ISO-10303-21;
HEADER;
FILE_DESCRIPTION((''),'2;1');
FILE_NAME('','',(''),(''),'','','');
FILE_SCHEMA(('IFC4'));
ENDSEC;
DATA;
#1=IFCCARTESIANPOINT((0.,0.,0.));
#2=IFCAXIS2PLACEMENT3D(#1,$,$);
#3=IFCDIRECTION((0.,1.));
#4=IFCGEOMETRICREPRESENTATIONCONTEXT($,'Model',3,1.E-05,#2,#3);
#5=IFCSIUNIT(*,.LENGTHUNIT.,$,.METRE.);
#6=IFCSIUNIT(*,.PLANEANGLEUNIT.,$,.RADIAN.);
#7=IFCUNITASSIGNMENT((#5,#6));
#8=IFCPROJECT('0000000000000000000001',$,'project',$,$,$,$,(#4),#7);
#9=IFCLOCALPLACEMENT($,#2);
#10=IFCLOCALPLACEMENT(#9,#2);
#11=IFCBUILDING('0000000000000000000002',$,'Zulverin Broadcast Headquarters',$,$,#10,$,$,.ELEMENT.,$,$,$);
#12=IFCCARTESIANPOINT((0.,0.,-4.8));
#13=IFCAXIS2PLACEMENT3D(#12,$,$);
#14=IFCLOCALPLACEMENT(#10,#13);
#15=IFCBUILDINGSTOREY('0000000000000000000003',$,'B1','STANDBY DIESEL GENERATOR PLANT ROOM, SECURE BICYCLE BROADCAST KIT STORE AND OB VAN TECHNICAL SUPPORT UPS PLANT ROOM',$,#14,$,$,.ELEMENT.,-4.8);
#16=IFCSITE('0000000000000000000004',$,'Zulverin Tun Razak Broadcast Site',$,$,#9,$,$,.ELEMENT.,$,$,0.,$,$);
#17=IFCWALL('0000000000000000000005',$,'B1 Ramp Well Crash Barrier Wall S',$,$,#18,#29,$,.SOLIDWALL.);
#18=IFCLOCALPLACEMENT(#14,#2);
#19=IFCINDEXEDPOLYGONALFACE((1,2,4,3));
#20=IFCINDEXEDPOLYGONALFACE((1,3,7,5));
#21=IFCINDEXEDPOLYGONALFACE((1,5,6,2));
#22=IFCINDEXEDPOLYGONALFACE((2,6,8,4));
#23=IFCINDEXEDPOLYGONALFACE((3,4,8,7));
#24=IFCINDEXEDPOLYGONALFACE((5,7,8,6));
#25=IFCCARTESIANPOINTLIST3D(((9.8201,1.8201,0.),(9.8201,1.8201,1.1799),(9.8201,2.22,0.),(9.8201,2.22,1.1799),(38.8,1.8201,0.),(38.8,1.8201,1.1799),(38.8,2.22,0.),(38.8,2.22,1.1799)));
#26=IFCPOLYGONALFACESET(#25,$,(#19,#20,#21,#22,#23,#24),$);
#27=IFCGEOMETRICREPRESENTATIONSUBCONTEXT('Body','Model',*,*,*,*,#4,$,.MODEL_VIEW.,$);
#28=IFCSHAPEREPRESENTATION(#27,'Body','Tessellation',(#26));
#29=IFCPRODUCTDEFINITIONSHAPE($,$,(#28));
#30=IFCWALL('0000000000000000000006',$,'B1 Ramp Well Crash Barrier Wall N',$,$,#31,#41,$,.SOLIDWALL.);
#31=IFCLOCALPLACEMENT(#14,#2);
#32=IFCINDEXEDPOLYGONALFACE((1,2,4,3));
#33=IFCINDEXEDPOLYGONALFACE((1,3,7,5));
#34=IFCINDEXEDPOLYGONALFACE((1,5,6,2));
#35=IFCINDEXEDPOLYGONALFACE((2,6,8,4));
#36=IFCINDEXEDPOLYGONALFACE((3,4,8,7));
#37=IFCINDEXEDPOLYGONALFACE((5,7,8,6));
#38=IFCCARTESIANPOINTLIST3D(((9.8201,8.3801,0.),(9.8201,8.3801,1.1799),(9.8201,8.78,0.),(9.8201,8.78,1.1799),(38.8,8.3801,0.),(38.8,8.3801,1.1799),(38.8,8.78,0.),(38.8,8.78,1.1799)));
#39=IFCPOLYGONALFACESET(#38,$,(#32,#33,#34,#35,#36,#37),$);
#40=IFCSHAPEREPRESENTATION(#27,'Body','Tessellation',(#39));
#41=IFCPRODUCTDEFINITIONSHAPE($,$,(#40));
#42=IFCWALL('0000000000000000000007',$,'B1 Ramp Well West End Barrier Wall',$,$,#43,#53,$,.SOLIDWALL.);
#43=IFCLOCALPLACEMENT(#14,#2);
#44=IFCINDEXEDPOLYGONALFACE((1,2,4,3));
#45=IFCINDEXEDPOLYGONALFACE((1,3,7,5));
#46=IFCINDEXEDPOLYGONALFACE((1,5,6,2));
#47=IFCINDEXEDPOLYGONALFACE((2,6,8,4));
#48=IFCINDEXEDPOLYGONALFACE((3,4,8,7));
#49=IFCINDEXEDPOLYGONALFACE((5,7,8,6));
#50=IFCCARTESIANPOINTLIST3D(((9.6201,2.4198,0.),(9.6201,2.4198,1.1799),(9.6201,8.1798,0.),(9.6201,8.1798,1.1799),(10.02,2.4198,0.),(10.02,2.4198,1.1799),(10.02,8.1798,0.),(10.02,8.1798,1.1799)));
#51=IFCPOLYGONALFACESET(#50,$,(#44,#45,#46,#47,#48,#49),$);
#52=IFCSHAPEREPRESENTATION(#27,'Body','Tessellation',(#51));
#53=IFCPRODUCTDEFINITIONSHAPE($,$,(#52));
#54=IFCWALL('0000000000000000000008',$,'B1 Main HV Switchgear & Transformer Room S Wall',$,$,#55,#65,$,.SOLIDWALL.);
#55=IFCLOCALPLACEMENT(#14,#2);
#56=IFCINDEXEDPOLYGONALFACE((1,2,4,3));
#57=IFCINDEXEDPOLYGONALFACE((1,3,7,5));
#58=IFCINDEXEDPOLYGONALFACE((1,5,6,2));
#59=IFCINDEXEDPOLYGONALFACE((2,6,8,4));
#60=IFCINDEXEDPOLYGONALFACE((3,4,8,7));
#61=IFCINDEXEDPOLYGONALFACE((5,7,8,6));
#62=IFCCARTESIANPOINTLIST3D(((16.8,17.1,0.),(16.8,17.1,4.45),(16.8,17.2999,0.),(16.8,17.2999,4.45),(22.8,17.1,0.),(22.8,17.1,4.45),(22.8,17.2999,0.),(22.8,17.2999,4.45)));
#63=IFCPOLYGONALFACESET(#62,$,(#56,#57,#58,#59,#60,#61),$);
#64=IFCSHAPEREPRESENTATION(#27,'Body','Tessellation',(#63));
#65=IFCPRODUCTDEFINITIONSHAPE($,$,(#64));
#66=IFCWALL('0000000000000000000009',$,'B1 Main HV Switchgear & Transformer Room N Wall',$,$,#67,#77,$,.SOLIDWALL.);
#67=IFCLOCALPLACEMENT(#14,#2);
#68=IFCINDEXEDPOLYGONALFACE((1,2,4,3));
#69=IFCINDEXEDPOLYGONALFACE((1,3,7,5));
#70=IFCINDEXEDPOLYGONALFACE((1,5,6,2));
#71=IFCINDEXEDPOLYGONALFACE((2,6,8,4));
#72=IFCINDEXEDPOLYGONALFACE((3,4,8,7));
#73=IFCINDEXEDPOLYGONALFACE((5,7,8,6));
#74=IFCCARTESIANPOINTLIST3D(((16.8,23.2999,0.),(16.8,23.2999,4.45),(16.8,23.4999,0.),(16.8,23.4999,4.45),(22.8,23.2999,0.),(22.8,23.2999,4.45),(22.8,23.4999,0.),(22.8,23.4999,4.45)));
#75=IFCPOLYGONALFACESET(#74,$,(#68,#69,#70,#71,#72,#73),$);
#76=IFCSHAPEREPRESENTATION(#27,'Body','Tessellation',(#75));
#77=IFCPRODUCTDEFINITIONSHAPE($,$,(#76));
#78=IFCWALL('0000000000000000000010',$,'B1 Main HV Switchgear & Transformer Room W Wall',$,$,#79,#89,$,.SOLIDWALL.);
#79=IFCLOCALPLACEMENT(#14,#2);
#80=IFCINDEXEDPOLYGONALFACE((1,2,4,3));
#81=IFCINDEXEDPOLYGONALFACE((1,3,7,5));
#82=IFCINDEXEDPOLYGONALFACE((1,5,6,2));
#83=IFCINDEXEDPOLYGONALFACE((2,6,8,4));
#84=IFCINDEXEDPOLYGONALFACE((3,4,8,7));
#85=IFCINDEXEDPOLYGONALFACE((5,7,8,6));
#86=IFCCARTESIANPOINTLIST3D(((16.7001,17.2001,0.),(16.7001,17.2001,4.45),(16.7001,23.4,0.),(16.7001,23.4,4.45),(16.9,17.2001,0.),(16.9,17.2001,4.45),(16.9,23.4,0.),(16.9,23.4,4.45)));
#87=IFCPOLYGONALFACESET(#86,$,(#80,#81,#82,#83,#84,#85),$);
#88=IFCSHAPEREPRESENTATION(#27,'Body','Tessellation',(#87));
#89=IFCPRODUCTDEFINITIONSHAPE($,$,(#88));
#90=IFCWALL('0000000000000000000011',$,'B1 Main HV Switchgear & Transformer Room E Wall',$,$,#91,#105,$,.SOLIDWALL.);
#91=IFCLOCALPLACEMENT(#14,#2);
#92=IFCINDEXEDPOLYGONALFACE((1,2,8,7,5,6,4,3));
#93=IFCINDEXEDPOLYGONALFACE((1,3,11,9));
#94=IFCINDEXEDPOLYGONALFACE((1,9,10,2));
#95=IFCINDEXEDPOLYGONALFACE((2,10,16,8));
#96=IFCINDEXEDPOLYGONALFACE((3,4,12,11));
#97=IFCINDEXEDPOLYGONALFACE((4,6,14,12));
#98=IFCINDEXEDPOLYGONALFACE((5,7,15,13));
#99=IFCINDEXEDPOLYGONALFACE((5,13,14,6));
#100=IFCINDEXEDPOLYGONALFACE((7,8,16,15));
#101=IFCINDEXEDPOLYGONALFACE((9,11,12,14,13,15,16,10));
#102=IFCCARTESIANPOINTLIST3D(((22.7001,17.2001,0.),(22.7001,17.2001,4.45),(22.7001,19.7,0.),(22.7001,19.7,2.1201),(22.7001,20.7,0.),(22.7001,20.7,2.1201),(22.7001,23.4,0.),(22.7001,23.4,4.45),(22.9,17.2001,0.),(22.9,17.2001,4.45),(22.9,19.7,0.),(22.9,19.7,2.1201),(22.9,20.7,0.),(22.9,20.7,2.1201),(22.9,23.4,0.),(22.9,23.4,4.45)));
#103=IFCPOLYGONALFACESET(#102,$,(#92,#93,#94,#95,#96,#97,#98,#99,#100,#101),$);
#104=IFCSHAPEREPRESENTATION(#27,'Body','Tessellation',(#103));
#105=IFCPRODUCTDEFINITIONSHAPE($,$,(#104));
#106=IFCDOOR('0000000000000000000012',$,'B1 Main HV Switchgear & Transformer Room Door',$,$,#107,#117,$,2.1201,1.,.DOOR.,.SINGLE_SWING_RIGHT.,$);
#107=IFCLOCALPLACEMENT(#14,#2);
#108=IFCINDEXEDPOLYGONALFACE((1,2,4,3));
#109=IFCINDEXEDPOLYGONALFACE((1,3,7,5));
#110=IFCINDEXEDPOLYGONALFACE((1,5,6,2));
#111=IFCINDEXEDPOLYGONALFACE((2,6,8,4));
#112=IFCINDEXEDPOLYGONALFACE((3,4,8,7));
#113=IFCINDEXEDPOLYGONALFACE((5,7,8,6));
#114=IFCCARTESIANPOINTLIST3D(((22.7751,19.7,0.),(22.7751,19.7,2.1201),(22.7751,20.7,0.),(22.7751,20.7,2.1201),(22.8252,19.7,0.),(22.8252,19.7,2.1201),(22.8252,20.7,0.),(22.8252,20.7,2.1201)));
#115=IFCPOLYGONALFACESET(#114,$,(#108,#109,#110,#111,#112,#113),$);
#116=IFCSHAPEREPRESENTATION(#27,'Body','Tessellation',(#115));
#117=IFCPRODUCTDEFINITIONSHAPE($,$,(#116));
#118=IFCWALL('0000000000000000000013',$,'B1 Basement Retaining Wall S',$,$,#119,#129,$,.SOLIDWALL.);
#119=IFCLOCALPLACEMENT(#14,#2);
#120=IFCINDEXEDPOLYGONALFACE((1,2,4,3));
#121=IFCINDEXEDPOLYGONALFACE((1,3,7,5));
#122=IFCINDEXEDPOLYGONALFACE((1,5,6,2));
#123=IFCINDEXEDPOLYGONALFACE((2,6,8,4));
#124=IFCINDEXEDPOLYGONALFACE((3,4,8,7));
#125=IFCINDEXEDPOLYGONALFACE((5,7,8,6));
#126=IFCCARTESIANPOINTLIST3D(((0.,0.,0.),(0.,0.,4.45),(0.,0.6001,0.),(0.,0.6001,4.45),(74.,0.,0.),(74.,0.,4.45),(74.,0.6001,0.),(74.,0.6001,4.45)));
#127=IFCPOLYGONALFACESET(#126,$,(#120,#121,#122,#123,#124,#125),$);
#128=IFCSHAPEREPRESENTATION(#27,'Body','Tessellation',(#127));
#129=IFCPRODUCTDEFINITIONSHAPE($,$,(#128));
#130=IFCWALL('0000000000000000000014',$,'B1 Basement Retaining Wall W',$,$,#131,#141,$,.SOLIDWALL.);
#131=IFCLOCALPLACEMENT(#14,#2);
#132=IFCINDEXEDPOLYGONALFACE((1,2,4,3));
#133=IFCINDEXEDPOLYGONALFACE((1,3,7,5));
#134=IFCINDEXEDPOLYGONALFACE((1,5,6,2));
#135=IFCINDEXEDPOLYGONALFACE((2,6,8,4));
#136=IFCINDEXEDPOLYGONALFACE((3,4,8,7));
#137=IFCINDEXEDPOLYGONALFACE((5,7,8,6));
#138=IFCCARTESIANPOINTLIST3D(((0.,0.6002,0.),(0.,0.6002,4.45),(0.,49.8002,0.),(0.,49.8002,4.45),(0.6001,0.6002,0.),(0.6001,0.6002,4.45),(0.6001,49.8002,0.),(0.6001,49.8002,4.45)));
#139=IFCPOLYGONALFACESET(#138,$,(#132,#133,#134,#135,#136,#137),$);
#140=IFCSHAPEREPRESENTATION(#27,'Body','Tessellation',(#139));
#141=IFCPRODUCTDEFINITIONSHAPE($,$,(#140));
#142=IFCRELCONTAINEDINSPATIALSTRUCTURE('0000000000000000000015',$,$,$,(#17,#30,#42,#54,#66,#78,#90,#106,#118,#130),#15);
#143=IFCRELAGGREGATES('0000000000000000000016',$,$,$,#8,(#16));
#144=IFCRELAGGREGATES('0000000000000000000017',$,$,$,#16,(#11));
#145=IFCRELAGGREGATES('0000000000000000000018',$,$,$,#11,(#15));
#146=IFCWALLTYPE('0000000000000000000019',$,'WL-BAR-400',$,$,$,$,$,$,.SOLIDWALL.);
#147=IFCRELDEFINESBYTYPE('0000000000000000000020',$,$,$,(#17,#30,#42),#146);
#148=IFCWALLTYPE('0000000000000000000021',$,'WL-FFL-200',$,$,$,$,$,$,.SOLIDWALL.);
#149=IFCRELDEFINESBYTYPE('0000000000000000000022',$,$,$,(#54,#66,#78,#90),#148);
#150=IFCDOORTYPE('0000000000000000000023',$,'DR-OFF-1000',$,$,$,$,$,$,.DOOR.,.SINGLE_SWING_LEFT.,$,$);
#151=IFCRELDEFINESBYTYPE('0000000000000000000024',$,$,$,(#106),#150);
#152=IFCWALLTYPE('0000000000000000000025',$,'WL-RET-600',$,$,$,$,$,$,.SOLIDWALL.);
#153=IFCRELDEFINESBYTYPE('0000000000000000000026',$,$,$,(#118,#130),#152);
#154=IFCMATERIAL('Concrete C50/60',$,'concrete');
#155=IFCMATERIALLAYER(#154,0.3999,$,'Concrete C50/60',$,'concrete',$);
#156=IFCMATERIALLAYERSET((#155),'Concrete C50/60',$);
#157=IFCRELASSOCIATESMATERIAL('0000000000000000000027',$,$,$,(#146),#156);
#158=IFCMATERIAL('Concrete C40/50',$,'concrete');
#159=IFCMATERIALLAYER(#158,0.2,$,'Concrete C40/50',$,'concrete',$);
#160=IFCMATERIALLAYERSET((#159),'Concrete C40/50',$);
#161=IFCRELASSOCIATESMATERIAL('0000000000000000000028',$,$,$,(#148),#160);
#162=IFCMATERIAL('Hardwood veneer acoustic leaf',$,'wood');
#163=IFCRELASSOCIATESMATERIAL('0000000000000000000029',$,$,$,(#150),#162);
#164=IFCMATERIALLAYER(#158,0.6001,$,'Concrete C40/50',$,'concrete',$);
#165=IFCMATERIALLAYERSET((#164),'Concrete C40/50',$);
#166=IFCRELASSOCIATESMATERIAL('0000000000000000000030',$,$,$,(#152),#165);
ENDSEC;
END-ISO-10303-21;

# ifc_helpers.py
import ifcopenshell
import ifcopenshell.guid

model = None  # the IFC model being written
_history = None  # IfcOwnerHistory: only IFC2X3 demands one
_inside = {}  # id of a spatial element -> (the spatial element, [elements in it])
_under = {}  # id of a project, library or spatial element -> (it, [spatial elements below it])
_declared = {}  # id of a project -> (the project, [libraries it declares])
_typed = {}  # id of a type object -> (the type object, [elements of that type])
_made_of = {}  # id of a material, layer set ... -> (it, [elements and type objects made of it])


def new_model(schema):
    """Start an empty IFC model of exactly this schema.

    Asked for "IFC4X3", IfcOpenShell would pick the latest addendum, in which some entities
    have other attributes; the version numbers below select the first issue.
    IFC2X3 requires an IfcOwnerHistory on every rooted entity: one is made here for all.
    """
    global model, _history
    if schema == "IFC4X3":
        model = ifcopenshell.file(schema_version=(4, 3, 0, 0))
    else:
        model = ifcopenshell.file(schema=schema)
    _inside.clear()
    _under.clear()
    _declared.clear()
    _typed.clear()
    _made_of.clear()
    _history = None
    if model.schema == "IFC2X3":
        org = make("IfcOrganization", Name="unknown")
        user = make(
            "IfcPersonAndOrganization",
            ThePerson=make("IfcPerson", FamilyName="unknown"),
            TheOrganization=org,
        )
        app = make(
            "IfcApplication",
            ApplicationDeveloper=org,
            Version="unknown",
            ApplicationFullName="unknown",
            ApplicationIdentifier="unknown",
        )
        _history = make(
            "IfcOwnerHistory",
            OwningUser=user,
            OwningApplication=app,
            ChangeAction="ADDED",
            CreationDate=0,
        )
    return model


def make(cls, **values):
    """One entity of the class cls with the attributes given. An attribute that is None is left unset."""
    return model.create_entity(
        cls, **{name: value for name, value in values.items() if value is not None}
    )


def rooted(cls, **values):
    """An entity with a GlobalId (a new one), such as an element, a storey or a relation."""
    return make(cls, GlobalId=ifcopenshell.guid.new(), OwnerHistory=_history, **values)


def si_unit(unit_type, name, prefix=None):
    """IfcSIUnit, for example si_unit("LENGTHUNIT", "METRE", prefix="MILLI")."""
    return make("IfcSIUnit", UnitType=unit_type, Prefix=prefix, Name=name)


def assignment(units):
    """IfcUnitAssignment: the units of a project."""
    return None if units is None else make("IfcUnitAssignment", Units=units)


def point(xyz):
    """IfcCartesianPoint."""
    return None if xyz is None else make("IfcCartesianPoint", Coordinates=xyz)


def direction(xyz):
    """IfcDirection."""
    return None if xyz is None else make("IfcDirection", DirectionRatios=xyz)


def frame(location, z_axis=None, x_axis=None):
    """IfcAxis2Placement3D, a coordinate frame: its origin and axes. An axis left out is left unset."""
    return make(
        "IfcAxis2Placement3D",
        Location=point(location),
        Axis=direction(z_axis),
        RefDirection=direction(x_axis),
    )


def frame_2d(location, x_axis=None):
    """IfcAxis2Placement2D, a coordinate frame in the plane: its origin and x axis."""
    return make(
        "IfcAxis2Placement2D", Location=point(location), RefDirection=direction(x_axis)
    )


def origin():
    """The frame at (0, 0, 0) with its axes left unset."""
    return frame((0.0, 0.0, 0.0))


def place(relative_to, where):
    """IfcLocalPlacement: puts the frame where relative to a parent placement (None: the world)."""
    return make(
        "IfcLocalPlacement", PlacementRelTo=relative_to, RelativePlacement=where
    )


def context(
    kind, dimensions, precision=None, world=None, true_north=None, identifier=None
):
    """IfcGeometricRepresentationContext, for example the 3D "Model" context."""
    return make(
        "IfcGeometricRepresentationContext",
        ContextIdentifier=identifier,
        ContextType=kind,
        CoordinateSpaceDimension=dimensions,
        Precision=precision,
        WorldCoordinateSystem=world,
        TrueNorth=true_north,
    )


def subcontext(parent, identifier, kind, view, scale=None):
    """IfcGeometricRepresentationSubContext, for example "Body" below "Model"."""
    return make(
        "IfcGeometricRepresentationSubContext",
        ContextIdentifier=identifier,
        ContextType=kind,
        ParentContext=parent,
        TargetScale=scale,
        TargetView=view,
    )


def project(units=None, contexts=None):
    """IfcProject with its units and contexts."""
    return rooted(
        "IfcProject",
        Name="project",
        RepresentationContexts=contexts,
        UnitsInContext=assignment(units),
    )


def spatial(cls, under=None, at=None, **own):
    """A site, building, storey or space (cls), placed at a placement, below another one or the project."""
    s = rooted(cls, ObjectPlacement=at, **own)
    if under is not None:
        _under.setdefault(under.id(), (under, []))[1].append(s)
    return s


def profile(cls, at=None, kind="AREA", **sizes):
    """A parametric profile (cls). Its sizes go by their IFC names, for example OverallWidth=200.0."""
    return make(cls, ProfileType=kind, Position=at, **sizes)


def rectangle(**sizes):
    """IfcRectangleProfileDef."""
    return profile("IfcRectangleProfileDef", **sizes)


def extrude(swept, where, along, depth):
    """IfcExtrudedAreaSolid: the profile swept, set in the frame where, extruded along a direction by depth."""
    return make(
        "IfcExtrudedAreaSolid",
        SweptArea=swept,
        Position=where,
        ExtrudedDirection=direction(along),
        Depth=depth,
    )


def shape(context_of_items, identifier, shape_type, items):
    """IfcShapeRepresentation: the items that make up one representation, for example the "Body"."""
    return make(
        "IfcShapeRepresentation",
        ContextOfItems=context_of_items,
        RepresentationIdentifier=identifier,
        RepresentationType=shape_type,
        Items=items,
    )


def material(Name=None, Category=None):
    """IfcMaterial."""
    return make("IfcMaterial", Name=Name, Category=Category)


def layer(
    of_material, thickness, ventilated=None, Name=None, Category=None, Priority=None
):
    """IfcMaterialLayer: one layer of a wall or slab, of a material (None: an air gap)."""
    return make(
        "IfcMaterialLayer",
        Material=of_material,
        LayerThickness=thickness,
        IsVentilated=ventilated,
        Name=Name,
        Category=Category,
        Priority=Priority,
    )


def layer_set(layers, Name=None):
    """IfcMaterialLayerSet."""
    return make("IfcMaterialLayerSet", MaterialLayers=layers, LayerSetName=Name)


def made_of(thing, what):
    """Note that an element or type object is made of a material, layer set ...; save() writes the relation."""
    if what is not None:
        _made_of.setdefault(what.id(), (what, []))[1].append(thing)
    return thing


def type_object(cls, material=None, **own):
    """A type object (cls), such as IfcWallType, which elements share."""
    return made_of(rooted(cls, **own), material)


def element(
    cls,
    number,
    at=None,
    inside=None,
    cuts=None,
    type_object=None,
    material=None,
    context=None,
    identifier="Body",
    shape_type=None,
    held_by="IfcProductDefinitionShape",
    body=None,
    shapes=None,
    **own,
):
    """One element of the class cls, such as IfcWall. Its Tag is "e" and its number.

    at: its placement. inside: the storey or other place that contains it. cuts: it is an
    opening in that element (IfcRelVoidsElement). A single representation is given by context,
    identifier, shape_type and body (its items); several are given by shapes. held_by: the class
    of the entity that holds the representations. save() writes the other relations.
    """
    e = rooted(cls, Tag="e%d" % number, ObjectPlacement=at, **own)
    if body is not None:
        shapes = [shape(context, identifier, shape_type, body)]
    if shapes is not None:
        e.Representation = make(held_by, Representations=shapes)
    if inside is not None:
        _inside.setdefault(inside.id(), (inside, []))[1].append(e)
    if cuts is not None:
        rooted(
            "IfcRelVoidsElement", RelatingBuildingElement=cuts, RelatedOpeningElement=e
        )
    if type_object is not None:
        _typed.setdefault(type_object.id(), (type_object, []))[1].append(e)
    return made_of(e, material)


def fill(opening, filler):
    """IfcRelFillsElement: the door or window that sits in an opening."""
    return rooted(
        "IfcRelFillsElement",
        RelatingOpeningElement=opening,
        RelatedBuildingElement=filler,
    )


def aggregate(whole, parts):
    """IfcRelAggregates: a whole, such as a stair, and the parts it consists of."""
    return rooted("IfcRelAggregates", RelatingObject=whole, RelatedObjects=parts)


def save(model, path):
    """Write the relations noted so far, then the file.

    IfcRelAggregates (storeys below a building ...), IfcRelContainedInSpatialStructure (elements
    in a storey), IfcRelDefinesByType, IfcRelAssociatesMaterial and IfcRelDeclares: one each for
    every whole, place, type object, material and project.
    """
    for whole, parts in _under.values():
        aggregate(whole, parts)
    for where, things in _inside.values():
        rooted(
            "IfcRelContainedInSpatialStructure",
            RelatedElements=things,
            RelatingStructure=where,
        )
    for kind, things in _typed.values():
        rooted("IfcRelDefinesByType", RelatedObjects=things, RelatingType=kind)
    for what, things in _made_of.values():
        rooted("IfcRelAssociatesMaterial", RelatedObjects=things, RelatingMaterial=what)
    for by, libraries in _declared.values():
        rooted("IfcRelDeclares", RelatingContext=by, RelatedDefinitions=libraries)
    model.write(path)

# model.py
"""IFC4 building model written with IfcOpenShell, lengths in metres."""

from ifc_helpers import new_model, si_unit, direction, frame, frame_2d, origin, place, context, subcontext, project, spatial, rectangle, extrude, material, layer, layer_set, type_object, element, fill, save


model = new_model("IFC4")

# Units and contexts
model_context = context("Model", 3, precision=1e-05, world=origin(), true_north=direction((0.0, 1.0)))
body_context = subcontext(model_context, "Body", "Model", "MODEL_VIEW")
ifc_project = project(units=[si_unit("LENGTHUNIT", "METRE"), si_unit("PLANEANGLEUNIT", "RADIAN")], contexts=[model_context])

# Site, building, storey
site_placement = place(None, origin())
site = spatial("IfcSite", under=ifc_project, at=site_placement, Name="Zulverin Tun Razak Broadcast Site", CompositionType="ELEMENT", RefElevation=0.0)
building_placement = place(site_placement, origin())
building = spatial("IfcBuilding", under=site, at=building_placement, Name="Zulverin Broadcast Headquarters", CompositionType="ELEMENT")
storey_placement = place(building_placement, frame((0.0, 0.0, -4.8)))
storey = spatial("IfcBuildingStorey", under=building, at=storey_placement, Name="B1", Description="STANDBY DIESEL GENERATOR PLANT ROOM, SECURE BICYCLE BROADCAST KIT STORE AND OB VAN TECHNICAL SUPPORT UPS PLANT ROOM", CompositionType="ELEMENT", Elevation=-4.8)

# Shared definitions
ifc_material_1 = material(Name="Concrete C50/60", Category="concrete")
ifc_material_2 = material(Name="Concrete C40/50", Category="concrete")

# Walls
ifc_layer_1 = layer(ifc_material_1, 0.3999, Name="Concrete C50/60", Category="concrete")
ifc_layer_set_1 = layer_set([ifc_layer_1], Name="Concrete C50/60")
wall_type_1 = type_object("IfcWallType", Name="WL-BAR-400", PredefinedType="SOLIDWALL", material=ifc_layer_set_1)
for number, where, z_axis, x_axis, name in (
    (1, (9.8201, 2.02, 0.0), (0.0, 0.0, 1.0), (1.0, 0.0, 0.0), "B1 Ramp Well Crash Barrier Wall S"),
    (2, (9.8201, 8.5801, 0.0), (0.0, 0.0, 1.0), (1.0, 0.0, 0.0), "B1 Ramp Well Crash Barrier Wall N"),
):
    element("IfcWall", number, at=place(storey_placement, frame(where, z_axis=z_axis, x_axis=x_axis)), inside=storey, type_object=wall_type_1, Name=name, PredefinedType="SOLIDWALL", context=body_context, shape_type="SweptSolid", body=[
        extrude(rectangle(XDim=28.98, YDim=0.3999, at=frame_2d((14.49, 0.0))), origin(), (0.0, 0.0, 1.0), 1.1799),
    ])
wall_1_placement = place(storey_placement, frame((9.8201, 2.4199, 0.0), z_axis=(0.0, 0.0, 1.0), x_axis=(0.0, 1.0, 0.0)))
element("IfcWall", 3, at=wall_1_placement, inside=storey, type_object=wall_type_1, Name="B1 Ramp Well West End Barrier Wall", PredefinedType="SOLIDWALL", context=body_context, shape_type="SweptSolid", body=[
    extrude(rectangle(XDim=5.76, YDim=0.3999, at=frame_2d((2.8799, 0.0))), origin(), (0.0, 0.0, 1.0), 1.1799),
])
ifc_layer_2 = layer(ifc_material_2, 0.2, Name="Concrete C40/50", Category="concrete")
ifc_layer_set_2 = layer_set([ifc_layer_2], Name="Concrete C40/50")
wall_type_2 = type_object("IfcWallType", Name="WL-FFL-200", PredefinedType="SOLIDWALL", material=ifc_layer_set_2)
for number, where, z_axis, x_axis, name in (
    (4, (16.8, 17.2, 0.0), (0.0, 0.0, 1.0), (1.0, 0.0, 0.0), "B1 Main HV Switchgear & Transformer Room S Wall"),
    (5, (16.8, 23.3999, 0.0), (0.0, 0.0, 1.0), (1.0, 0.0, 0.0), "B1 Main HV Switchgear & Transformer Room N Wall"),
):
    element("IfcWall", number, at=place(storey_placement, frame(where, z_axis=z_axis, x_axis=x_axis)), inside=storey, type_object=wall_type_2, Name=name, PredefinedType="SOLIDWALL", context=body_context, shape_type="SweptSolid", body=[
        extrude(rectangle(XDim=6.0, YDim=0.2, at=frame_2d((3.0, 0.0))), origin(), (0.0, 0.0, 1.0), 4.45),
    ])
wall_2_placement = place(storey_placement, frame((16.8, 17.2, 0.0), z_axis=(0.0, 0.0, 1.0), x_axis=(0.0, 1.0, 0.0)))
element("IfcWall", 6, at=wall_2_placement, inside=storey, type_object=wall_type_2, Name="B1 Main HV Switchgear & Transformer Room W Wall", PredefinedType="SOLIDWALL", context=body_context, shape_type="SweptSolid", body=[
    extrude(rectangle(XDim=6.2, YDim=0.2, at=frame_2d((3.1001, 0.0))), origin(), (0.0, 0.0, 1.0), 4.45),
])

# Wall, opening, door
wall_3_placement = place(storey_placement, frame((22.8, 17.2, 0.0), z_axis=(0.0, 0.0, 1.0), x_axis=(0.0, 1.0, 0.0)))
wall_3 = element("IfcWall", 7, at=wall_3_placement, inside=storey, type_object=wall_type_2, Name="B1 Main HV Switchgear & Transformer Room E Wall", PredefinedType="SOLIDWALL", context=body_context, shape_type="SweptSolid", body=[
    extrude(rectangle(XDim=6.2, YDim=0.2, at=frame_2d((3.1001, 0.0))), origin(), (0.0, 0.0, 1.0), 4.45),
])
opening_placement = place(wall_3_placement, frame((2.5, 0.0, 0.0)))
opening = element("IfcOpeningElement", 8, at=opening_placement, cuts=wall_3, PredefinedType="OPENING", context=body_context, shape_type="SweptSolid", body=[
    extrude(rectangle(XDim=1.0, YDim=2.1201, at=frame_2d((0.5, 1.0601))), frame((0.0, 0.1099, 0.0), z_axis=(0.0, -1.0, 0.0), x_axis=(1.0, 0.0, 0.0)), (0.0, 0.0, 1.0), 0.22),
])
ifc_material_3 = material(Name="Hardwood veneer acoustic leaf", Category="wood")
door_type = type_object("IfcDoorType", Name="DR-OFF-1000", OperationType="SINGLE_SWING_LEFT", PredefinedType="DOOR", material=ifc_material_3)
door_placement = place(opening_placement, origin())
door = element("IfcDoor", 9, at=door_placement, inside=storey, type_object=door_type, Name="B1 Main HV Switchgear & Transformer Room Door", OperationType="SINGLE_SWING_RIGHT", OverallHeight=2.1201, OverallWidth=1.0, PredefinedType="DOOR", context=body_context, shape_type="SweptSolid", body=[
    extrude(rectangle(XDim=1.0, YDim=2.1201, at=frame_2d((0.5, 1.0601))), frame((0.0, 0.0249, 0.0), z_axis=(0.0, -1.0, 0.0), x_axis=(1.0, 0.0, 0.0)), (0.0, 0.0, 1.0), 0.05),
])
fill(opening, door)

# Walls
ifc_layer_3 = layer(ifc_material_2, 0.6001, Name="Concrete C40/50", Category="concrete")
ifc_layer_set_3 = layer_set([ifc_layer_3], Name="Concrete C40/50")
wall_type_3 = type_object("IfcWallType", Name="WL-RET-600", PredefinedType="SOLIDWALL", material=ifc_layer_set_3)
wall_4_placement = place(storey_placement, frame((0.0, 0.3, 0.0), z_axis=(0.0, 0.0, 1.0), x_axis=(1.0, 0.0, 0.0)))
element("IfcWall", 10, at=wall_4_placement, inside=storey, type_object=wall_type_3, Name="B1 Basement Retaining Wall S", PredefinedType="SOLIDWALL", context=body_context, shape_type="SweptSolid", body=[
    extrude(rectangle(XDim=74.0, YDim=0.6001, at=frame_2d((37.0, 0.0))), origin(), (0.0, 0.0, 1.0), 4.45),
])
wall_5_placement = place(storey_placement, frame((0.3, 0.6001, 0.0), z_axis=(0.0, 0.0, 1.0), x_axis=(0.0, 1.0, 0.0)))
element("IfcWall", 11, at=wall_5_placement, inside=storey, type_object=wall_type_3, Name="B1 Basement Retaining Wall W", PredefinedType="SOLIDWALL", context=body_context, shape_type="SweptSolid", body=[
    extrude(rectangle(XDim=49.2, YDim=0.6001, at=frame_2d((24.6001, 0.0))), origin(), (0.0, 0.0, 1.0), 4.45),
])

save(model, "model.ifc")
